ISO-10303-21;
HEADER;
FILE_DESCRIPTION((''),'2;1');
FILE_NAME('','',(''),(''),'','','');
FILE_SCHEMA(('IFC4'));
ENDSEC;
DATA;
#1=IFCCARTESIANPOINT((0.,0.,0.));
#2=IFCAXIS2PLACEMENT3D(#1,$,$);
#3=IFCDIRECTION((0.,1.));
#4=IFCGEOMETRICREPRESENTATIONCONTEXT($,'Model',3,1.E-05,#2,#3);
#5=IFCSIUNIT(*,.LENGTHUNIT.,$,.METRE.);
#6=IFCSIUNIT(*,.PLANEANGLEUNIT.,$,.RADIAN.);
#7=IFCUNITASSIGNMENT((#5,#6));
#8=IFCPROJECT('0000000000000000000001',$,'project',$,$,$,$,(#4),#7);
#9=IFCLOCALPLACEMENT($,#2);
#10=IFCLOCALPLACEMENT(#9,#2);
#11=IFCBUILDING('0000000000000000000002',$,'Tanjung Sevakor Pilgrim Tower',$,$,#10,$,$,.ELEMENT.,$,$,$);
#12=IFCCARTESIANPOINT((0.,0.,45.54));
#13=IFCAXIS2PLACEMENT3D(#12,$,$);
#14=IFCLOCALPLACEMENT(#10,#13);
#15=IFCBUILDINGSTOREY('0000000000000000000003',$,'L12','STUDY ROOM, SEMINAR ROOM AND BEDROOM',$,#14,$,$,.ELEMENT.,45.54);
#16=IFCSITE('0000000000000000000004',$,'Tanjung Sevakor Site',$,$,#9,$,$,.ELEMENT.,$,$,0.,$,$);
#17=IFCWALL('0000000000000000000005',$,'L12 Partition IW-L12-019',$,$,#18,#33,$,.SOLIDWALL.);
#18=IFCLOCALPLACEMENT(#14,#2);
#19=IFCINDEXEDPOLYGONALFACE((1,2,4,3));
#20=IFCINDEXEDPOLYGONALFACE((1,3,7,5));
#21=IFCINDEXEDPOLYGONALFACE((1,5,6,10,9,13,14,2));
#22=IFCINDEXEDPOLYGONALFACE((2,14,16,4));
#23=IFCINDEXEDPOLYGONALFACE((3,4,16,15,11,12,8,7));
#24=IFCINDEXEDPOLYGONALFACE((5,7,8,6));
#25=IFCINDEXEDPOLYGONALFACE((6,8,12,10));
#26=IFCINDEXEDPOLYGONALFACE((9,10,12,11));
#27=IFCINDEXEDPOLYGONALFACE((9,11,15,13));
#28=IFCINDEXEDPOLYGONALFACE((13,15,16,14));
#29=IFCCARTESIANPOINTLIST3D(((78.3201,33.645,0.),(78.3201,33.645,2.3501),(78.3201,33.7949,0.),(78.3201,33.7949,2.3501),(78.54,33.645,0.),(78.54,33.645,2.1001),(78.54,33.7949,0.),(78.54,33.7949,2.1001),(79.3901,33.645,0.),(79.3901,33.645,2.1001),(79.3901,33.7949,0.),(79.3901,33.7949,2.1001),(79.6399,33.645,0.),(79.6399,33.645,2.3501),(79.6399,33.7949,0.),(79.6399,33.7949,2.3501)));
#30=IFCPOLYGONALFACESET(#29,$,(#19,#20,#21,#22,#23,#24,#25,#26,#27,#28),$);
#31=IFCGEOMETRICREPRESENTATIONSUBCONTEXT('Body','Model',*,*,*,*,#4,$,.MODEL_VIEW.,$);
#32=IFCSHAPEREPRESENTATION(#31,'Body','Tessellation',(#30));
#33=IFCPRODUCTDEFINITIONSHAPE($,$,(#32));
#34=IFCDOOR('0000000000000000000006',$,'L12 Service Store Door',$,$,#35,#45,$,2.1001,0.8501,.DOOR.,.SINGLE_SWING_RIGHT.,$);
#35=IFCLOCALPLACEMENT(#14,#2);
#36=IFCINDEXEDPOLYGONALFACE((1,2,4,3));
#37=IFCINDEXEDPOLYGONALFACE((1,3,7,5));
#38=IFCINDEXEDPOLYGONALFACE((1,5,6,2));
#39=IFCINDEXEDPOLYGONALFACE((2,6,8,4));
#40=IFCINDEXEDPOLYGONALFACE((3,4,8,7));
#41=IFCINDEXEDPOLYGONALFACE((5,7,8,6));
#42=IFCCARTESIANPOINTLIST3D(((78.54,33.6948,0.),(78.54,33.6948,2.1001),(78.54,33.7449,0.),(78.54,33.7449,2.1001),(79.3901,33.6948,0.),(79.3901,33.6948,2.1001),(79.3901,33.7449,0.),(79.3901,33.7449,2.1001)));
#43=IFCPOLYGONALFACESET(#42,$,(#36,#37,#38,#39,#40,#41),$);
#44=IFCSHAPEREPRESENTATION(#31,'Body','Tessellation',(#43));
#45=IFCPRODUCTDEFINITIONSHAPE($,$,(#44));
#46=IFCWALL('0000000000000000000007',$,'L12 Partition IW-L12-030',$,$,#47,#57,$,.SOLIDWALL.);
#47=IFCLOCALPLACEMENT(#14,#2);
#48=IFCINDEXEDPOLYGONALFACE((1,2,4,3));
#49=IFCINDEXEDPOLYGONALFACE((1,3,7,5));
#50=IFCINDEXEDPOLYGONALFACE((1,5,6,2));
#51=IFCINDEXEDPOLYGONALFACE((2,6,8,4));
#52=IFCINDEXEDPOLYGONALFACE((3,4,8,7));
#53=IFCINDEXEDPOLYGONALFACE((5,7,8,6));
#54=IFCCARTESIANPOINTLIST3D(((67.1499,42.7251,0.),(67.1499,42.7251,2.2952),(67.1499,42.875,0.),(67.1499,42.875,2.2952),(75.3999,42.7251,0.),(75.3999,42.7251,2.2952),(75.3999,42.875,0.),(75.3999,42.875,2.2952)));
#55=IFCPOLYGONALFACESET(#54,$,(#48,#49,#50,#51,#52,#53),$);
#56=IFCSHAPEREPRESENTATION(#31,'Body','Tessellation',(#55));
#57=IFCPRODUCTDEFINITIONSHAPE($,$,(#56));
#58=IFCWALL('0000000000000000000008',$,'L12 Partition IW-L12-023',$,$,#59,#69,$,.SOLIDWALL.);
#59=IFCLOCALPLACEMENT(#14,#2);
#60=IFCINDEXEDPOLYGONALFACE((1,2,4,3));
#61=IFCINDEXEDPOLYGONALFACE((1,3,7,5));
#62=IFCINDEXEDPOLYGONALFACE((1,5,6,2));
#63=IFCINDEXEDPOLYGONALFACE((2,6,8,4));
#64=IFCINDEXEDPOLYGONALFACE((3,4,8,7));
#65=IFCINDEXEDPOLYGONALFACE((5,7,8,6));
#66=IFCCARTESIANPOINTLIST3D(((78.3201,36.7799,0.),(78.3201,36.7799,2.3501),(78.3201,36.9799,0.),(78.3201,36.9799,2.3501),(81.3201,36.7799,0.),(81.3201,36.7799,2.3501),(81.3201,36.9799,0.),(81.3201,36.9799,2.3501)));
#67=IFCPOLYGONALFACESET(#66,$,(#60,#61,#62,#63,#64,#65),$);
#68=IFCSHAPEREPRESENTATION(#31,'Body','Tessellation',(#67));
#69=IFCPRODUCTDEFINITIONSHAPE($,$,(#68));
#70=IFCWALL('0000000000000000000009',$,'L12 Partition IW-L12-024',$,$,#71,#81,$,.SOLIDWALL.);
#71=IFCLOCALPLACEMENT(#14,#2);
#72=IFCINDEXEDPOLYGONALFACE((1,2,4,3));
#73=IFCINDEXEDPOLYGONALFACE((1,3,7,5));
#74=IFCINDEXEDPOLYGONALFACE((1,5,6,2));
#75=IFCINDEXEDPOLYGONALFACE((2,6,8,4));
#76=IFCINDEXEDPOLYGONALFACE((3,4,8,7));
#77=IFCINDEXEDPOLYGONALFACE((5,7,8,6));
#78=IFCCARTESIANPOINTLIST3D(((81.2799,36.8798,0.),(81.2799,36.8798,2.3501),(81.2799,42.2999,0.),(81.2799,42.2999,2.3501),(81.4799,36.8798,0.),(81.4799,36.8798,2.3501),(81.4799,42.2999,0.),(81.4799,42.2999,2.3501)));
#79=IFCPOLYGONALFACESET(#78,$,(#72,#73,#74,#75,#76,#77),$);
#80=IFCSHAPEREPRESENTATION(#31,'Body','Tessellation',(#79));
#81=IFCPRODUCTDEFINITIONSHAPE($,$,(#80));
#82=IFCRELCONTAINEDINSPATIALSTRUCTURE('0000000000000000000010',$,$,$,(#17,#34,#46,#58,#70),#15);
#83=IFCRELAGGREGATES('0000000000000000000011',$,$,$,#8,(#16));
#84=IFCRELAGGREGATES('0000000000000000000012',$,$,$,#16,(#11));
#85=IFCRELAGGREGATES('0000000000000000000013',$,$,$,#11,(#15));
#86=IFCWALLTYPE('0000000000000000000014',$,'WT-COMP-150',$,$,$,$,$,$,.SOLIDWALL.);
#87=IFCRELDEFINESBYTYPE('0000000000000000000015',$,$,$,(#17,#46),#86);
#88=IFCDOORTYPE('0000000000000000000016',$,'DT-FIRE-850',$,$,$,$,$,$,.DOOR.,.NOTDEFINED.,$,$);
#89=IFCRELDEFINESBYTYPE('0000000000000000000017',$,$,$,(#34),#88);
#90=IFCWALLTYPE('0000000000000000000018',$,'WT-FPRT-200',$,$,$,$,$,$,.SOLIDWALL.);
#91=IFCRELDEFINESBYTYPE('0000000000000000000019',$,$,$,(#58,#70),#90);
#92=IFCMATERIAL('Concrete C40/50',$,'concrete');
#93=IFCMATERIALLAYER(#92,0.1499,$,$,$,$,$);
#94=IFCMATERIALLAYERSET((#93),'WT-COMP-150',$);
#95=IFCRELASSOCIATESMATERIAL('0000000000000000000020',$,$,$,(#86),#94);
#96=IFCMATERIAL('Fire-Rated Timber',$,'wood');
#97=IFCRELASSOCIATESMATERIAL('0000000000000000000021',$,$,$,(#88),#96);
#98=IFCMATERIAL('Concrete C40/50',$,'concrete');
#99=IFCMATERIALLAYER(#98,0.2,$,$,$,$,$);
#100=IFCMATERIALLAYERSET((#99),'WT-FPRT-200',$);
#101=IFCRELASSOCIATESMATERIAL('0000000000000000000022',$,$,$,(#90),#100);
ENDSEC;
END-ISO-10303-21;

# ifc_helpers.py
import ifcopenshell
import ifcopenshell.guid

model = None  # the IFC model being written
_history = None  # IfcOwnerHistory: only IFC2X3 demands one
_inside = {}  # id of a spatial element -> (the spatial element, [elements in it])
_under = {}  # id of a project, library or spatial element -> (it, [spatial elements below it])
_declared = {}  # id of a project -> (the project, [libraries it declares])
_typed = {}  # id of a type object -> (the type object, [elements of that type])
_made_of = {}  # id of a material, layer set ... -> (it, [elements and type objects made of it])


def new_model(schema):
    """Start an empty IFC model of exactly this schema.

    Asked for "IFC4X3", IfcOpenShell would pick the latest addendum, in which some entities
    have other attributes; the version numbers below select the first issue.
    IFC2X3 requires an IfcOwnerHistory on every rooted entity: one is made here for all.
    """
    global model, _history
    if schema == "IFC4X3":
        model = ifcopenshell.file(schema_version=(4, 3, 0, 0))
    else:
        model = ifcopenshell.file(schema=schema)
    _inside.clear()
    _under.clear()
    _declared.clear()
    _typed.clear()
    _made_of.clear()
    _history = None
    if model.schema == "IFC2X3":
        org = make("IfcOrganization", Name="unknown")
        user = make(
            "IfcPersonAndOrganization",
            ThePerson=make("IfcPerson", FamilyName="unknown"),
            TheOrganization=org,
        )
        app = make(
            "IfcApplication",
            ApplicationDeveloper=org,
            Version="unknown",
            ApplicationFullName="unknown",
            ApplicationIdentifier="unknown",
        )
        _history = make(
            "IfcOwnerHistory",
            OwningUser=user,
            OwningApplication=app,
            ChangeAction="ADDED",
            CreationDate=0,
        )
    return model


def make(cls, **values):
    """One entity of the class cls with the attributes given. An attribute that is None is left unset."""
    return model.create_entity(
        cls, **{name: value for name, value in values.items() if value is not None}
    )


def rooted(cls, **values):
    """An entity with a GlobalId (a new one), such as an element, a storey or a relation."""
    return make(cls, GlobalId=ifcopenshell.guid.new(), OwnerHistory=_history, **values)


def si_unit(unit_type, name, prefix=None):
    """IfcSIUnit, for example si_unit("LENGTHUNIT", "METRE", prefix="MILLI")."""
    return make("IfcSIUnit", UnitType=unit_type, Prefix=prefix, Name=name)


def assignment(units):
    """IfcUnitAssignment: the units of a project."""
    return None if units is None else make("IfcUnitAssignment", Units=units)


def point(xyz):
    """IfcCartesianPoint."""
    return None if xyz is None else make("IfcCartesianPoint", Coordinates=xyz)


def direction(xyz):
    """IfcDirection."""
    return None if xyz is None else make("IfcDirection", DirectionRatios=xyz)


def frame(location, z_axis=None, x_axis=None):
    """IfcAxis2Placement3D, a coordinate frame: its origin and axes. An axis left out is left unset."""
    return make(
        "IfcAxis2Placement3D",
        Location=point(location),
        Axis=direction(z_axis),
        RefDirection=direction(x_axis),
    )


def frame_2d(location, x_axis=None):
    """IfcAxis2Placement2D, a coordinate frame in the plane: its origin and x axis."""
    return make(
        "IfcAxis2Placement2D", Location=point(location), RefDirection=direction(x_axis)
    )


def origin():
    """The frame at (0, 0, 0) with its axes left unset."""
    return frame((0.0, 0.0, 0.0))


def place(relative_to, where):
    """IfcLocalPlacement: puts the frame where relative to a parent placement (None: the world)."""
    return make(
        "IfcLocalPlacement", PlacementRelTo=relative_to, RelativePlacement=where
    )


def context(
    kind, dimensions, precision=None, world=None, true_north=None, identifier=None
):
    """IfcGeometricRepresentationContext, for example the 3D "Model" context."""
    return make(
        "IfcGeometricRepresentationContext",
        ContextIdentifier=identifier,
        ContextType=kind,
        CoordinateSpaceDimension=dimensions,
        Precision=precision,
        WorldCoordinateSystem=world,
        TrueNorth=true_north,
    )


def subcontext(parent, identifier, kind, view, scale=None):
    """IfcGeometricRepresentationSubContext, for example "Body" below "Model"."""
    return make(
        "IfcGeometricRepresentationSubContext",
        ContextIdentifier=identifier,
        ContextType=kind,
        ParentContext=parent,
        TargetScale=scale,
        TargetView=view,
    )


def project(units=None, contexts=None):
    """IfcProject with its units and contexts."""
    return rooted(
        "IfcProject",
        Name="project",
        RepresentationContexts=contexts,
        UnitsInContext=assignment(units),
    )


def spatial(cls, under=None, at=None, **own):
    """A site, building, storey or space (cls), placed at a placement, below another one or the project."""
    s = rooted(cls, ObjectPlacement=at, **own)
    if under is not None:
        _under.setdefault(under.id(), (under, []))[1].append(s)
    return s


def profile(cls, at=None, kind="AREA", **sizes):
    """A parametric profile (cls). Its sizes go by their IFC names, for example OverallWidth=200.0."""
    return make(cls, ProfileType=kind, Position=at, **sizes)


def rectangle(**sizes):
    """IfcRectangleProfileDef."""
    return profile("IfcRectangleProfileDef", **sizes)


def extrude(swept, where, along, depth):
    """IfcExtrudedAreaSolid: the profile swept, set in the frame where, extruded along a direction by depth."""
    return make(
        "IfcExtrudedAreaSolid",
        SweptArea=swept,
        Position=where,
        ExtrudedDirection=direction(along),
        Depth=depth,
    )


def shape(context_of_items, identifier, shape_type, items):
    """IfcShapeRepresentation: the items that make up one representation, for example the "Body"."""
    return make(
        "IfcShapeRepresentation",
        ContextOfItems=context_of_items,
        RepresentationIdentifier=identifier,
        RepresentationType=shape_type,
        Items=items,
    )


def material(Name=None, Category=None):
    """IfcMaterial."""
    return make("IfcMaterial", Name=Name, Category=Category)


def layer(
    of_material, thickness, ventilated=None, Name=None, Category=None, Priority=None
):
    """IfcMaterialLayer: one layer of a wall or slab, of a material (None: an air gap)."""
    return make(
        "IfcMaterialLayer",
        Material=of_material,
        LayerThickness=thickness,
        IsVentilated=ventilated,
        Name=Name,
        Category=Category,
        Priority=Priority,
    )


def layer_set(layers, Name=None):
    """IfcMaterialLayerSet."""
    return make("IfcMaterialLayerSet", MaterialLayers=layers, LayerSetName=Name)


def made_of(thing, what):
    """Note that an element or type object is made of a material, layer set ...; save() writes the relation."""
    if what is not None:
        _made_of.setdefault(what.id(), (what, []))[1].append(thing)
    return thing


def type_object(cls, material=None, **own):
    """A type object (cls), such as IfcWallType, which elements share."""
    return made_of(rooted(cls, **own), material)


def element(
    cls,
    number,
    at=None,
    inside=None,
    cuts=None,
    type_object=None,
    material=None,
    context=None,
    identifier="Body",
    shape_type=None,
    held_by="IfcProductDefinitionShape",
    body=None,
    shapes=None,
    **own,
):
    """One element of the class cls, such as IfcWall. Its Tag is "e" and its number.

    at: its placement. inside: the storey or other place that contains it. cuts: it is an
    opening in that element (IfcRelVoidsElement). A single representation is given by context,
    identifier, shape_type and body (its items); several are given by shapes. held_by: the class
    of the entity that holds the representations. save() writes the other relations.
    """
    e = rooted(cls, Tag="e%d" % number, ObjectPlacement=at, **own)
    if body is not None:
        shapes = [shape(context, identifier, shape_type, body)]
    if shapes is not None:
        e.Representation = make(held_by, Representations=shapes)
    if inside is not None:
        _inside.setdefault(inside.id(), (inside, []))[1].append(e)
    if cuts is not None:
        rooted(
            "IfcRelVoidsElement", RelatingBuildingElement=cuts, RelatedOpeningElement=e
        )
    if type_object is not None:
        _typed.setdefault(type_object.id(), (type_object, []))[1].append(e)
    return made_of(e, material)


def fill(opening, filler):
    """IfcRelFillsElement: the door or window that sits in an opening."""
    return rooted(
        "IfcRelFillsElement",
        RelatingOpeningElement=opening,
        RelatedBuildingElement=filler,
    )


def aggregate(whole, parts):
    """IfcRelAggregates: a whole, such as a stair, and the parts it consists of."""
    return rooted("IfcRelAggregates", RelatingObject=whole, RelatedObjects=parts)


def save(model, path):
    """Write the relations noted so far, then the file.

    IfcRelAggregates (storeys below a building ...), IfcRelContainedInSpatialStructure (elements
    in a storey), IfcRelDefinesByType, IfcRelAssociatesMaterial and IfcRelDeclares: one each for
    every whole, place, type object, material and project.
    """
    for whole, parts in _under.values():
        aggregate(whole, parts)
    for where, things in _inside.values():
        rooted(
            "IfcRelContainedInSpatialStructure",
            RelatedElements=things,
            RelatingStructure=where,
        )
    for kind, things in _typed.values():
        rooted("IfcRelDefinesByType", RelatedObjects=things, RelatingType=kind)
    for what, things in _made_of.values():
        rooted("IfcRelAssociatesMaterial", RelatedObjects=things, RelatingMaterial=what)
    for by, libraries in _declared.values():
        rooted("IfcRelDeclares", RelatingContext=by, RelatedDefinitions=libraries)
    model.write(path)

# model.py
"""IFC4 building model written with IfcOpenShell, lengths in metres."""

from ifc_helpers import new_model, si_unit, direction, frame, frame_2d, origin, place, context, subcontext, project, spatial, rectangle, extrude, material, layer, layer_set, type_object, element, fill, save


model = new_model("IFC4")

# Units and contexts
model_context = context("Model", 3, precision=1e-05, world=origin(), true_north=direction((0.0, 1.0)))
body_context = subcontext(model_context, "Body", "Model", "MODEL_VIEW")
ifc_project = project(units=[si_unit("LENGTHUNIT", "METRE"), si_unit("PLANEANGLEUNIT", "RADIAN")], contexts=[model_context])

# Site, building, storey
site_placement = place(None, origin())
site = spatial("IfcSite", under=ifc_project, at=site_placement, Name="Tanjung Sevakor Site", CompositionType="ELEMENT", RefElevation=0.0)
building_placement = place(site_placement, origin())
building = spatial("IfcBuilding", under=site, at=building_placement, Name="Tanjung Sevakor Pilgrim Tower", CompositionType="ELEMENT")
storey_placement = place(building_placement, frame((0.0, 0.0, 45.54)))
storey = spatial("IfcBuildingStorey", under=building, at=storey_placement, Name="L12", Description="STUDY ROOM, SEMINAR ROOM AND BEDROOM", CompositionType="ELEMENT", Elevation=45.54)

# Shared definitions
ifc_material_1 = material(Name="Concrete C40/50", Category="concrete")
ifc_layer_1 = layer(ifc_material_1, 0.1499)
ifc_layer_set_1 = layer_set([ifc_layer_1], Name="WT-COMP-150")
wall_type_1 = type_object("IfcWallType", Name="WT-COMP-150", PredefinedType="SOLIDWALL", material=ifc_layer_set_1)

# Wall, opening, door
wall_1_placement = place(storey_placement, frame((78.3201, 33.72, 0.0), z_axis=(0.0, 0.0, 1.0), x_axis=(1.0, 0.0, 0.0)))
wall_1 = element("IfcWall", 1, at=wall_1_placement, inside=storey, type_object=wall_type_1, Name="L12 Partition IW-L12-019", PredefinedType="SOLIDWALL", context=body_context, shape_type="SweptSolid", body=[
    extrude(rectangle(XDim=1.3198, YDim=0.1499, at=frame_2d((0.6599, 0.0))), origin(), (0.0, 0.0, 1.0), 2.3501),
])
opening_placement = place(wall_1_placement, frame((0.22, 0.0, 0.0)))
opening = element("IfcOpeningElement", 2, at=opening_placement, cuts=wall_1, PredefinedType="OPENING", context=body_context, shape_type="SweptSolid", body=[
    extrude(rectangle(XDim=0.8501, YDim=2.1001, at=frame_2d((0.425, 1.05))), frame((0.0, 0.085, 0.0), z_axis=(0.0, -1.0, 0.0), x_axis=(1.0, 0.0, 0.0)), (0.0, 0.0, 1.0), 0.1699),
])
ifc_material_2 = material(Name="Fire-Rated Timber", Category="wood")
door_type = type_object("IfcDoorType", Name="DT-FIRE-850", OperationType="NOTDEFINED", PredefinedType="DOOR", material=ifc_material_2)
door_placement = place(opening_placement, origin())
door = element("IfcDoor", 3, at=door_placement, inside=storey, type_object=door_type, Name="L12 Service Store Door", OperationType="SINGLE_SWING_RIGHT", OverallHeight=2.1001, OverallWidth=0.8501, PredefinedType="DOOR", context=body_context, shape_type="SweptSolid", body=[
    extrude(rectangle(XDim=0.8501, YDim=2.1001, at=frame_2d((0.425, 1.05))), frame((0.0, 0.0249, 0.0), z_axis=(0.0, -1.0, 0.0), x_axis=(1.0, 0.0, 0.0)), (0.0, 0.0, 1.0), 0.05),
])
fill(opening, door)

# Walls
wall_2_placement = place(storey_placement, frame((67.1499, 42.8, 0.0), z_axis=(0.0, 0.0, 1.0), x_axis=(1.0, 0.0, 0.0)))
element("IfcWall", 4, at=wall_2_placement, inside=storey, type_object=wall_type_1, Name="L12 Partition IW-L12-030", PredefinedType="SOLIDWALL", context=body_context, shape_type="SweptSolid", body=[
    extrude(rectangle(XDim=8.25, YDim=0.1499, at=frame_2d((4.125, 0.0))), origin(), (0.0, 0.0, 1.0), 2.2952),
])
ifc_material_3 = material(Name="Concrete C40/50", Category="concrete")
ifc_layer_2 = layer(ifc_material_3, 0.2)
ifc_layer_set_2 = layer_set([ifc_layer_2], Name="WT-FPRT-200")
wall_type_2 = type_object("IfcWallType", Name="WT-FPRT-200", PredefinedType="SOLIDWALL", material=ifc_layer_set_2)
wall_3_placement = place(storey_placement, frame((78.3201, 36.8799, 0.0), z_axis=(0.0, 0.0, 1.0), x_axis=(1.0, 0.0, 0.0)))
element("IfcWall", 5, at=wall_3_placement, inside=storey, type_object=wall_type_2, Name="L12 Partition IW-L12-023", PredefinedType="SOLIDWALL", context=body_context, shape_type="SweptSolid", body=[
    extrude(rectangle(XDim=3.0, YDim=0.2, at=frame_2d((1.5, 0.0))), origin(), (0.0, 0.0, 1.0), 2.3501),
])
wall_4_placement = place(storey_placement, frame((81.3799, 36.8799, 0.0), z_axis=(0.0, 0.0, 1.0), x_axis=(0.0, 1.0, 0.0)))
element("IfcWall", 6, at=wall_4_placement, inside=storey, type_object=wall_type_2, Name="L12 Partition IW-L12-024", PredefinedType="SOLIDWALL", context=body_context, shape_type="SweptSolid", body=[
    extrude(rectangle(XDim=5.4202, YDim=0.2, at=frame_2d((2.71, 0.0))), origin(), (0.0, 0.0, 1.0), 2.3501),
])

save(model, "model.ifc")
